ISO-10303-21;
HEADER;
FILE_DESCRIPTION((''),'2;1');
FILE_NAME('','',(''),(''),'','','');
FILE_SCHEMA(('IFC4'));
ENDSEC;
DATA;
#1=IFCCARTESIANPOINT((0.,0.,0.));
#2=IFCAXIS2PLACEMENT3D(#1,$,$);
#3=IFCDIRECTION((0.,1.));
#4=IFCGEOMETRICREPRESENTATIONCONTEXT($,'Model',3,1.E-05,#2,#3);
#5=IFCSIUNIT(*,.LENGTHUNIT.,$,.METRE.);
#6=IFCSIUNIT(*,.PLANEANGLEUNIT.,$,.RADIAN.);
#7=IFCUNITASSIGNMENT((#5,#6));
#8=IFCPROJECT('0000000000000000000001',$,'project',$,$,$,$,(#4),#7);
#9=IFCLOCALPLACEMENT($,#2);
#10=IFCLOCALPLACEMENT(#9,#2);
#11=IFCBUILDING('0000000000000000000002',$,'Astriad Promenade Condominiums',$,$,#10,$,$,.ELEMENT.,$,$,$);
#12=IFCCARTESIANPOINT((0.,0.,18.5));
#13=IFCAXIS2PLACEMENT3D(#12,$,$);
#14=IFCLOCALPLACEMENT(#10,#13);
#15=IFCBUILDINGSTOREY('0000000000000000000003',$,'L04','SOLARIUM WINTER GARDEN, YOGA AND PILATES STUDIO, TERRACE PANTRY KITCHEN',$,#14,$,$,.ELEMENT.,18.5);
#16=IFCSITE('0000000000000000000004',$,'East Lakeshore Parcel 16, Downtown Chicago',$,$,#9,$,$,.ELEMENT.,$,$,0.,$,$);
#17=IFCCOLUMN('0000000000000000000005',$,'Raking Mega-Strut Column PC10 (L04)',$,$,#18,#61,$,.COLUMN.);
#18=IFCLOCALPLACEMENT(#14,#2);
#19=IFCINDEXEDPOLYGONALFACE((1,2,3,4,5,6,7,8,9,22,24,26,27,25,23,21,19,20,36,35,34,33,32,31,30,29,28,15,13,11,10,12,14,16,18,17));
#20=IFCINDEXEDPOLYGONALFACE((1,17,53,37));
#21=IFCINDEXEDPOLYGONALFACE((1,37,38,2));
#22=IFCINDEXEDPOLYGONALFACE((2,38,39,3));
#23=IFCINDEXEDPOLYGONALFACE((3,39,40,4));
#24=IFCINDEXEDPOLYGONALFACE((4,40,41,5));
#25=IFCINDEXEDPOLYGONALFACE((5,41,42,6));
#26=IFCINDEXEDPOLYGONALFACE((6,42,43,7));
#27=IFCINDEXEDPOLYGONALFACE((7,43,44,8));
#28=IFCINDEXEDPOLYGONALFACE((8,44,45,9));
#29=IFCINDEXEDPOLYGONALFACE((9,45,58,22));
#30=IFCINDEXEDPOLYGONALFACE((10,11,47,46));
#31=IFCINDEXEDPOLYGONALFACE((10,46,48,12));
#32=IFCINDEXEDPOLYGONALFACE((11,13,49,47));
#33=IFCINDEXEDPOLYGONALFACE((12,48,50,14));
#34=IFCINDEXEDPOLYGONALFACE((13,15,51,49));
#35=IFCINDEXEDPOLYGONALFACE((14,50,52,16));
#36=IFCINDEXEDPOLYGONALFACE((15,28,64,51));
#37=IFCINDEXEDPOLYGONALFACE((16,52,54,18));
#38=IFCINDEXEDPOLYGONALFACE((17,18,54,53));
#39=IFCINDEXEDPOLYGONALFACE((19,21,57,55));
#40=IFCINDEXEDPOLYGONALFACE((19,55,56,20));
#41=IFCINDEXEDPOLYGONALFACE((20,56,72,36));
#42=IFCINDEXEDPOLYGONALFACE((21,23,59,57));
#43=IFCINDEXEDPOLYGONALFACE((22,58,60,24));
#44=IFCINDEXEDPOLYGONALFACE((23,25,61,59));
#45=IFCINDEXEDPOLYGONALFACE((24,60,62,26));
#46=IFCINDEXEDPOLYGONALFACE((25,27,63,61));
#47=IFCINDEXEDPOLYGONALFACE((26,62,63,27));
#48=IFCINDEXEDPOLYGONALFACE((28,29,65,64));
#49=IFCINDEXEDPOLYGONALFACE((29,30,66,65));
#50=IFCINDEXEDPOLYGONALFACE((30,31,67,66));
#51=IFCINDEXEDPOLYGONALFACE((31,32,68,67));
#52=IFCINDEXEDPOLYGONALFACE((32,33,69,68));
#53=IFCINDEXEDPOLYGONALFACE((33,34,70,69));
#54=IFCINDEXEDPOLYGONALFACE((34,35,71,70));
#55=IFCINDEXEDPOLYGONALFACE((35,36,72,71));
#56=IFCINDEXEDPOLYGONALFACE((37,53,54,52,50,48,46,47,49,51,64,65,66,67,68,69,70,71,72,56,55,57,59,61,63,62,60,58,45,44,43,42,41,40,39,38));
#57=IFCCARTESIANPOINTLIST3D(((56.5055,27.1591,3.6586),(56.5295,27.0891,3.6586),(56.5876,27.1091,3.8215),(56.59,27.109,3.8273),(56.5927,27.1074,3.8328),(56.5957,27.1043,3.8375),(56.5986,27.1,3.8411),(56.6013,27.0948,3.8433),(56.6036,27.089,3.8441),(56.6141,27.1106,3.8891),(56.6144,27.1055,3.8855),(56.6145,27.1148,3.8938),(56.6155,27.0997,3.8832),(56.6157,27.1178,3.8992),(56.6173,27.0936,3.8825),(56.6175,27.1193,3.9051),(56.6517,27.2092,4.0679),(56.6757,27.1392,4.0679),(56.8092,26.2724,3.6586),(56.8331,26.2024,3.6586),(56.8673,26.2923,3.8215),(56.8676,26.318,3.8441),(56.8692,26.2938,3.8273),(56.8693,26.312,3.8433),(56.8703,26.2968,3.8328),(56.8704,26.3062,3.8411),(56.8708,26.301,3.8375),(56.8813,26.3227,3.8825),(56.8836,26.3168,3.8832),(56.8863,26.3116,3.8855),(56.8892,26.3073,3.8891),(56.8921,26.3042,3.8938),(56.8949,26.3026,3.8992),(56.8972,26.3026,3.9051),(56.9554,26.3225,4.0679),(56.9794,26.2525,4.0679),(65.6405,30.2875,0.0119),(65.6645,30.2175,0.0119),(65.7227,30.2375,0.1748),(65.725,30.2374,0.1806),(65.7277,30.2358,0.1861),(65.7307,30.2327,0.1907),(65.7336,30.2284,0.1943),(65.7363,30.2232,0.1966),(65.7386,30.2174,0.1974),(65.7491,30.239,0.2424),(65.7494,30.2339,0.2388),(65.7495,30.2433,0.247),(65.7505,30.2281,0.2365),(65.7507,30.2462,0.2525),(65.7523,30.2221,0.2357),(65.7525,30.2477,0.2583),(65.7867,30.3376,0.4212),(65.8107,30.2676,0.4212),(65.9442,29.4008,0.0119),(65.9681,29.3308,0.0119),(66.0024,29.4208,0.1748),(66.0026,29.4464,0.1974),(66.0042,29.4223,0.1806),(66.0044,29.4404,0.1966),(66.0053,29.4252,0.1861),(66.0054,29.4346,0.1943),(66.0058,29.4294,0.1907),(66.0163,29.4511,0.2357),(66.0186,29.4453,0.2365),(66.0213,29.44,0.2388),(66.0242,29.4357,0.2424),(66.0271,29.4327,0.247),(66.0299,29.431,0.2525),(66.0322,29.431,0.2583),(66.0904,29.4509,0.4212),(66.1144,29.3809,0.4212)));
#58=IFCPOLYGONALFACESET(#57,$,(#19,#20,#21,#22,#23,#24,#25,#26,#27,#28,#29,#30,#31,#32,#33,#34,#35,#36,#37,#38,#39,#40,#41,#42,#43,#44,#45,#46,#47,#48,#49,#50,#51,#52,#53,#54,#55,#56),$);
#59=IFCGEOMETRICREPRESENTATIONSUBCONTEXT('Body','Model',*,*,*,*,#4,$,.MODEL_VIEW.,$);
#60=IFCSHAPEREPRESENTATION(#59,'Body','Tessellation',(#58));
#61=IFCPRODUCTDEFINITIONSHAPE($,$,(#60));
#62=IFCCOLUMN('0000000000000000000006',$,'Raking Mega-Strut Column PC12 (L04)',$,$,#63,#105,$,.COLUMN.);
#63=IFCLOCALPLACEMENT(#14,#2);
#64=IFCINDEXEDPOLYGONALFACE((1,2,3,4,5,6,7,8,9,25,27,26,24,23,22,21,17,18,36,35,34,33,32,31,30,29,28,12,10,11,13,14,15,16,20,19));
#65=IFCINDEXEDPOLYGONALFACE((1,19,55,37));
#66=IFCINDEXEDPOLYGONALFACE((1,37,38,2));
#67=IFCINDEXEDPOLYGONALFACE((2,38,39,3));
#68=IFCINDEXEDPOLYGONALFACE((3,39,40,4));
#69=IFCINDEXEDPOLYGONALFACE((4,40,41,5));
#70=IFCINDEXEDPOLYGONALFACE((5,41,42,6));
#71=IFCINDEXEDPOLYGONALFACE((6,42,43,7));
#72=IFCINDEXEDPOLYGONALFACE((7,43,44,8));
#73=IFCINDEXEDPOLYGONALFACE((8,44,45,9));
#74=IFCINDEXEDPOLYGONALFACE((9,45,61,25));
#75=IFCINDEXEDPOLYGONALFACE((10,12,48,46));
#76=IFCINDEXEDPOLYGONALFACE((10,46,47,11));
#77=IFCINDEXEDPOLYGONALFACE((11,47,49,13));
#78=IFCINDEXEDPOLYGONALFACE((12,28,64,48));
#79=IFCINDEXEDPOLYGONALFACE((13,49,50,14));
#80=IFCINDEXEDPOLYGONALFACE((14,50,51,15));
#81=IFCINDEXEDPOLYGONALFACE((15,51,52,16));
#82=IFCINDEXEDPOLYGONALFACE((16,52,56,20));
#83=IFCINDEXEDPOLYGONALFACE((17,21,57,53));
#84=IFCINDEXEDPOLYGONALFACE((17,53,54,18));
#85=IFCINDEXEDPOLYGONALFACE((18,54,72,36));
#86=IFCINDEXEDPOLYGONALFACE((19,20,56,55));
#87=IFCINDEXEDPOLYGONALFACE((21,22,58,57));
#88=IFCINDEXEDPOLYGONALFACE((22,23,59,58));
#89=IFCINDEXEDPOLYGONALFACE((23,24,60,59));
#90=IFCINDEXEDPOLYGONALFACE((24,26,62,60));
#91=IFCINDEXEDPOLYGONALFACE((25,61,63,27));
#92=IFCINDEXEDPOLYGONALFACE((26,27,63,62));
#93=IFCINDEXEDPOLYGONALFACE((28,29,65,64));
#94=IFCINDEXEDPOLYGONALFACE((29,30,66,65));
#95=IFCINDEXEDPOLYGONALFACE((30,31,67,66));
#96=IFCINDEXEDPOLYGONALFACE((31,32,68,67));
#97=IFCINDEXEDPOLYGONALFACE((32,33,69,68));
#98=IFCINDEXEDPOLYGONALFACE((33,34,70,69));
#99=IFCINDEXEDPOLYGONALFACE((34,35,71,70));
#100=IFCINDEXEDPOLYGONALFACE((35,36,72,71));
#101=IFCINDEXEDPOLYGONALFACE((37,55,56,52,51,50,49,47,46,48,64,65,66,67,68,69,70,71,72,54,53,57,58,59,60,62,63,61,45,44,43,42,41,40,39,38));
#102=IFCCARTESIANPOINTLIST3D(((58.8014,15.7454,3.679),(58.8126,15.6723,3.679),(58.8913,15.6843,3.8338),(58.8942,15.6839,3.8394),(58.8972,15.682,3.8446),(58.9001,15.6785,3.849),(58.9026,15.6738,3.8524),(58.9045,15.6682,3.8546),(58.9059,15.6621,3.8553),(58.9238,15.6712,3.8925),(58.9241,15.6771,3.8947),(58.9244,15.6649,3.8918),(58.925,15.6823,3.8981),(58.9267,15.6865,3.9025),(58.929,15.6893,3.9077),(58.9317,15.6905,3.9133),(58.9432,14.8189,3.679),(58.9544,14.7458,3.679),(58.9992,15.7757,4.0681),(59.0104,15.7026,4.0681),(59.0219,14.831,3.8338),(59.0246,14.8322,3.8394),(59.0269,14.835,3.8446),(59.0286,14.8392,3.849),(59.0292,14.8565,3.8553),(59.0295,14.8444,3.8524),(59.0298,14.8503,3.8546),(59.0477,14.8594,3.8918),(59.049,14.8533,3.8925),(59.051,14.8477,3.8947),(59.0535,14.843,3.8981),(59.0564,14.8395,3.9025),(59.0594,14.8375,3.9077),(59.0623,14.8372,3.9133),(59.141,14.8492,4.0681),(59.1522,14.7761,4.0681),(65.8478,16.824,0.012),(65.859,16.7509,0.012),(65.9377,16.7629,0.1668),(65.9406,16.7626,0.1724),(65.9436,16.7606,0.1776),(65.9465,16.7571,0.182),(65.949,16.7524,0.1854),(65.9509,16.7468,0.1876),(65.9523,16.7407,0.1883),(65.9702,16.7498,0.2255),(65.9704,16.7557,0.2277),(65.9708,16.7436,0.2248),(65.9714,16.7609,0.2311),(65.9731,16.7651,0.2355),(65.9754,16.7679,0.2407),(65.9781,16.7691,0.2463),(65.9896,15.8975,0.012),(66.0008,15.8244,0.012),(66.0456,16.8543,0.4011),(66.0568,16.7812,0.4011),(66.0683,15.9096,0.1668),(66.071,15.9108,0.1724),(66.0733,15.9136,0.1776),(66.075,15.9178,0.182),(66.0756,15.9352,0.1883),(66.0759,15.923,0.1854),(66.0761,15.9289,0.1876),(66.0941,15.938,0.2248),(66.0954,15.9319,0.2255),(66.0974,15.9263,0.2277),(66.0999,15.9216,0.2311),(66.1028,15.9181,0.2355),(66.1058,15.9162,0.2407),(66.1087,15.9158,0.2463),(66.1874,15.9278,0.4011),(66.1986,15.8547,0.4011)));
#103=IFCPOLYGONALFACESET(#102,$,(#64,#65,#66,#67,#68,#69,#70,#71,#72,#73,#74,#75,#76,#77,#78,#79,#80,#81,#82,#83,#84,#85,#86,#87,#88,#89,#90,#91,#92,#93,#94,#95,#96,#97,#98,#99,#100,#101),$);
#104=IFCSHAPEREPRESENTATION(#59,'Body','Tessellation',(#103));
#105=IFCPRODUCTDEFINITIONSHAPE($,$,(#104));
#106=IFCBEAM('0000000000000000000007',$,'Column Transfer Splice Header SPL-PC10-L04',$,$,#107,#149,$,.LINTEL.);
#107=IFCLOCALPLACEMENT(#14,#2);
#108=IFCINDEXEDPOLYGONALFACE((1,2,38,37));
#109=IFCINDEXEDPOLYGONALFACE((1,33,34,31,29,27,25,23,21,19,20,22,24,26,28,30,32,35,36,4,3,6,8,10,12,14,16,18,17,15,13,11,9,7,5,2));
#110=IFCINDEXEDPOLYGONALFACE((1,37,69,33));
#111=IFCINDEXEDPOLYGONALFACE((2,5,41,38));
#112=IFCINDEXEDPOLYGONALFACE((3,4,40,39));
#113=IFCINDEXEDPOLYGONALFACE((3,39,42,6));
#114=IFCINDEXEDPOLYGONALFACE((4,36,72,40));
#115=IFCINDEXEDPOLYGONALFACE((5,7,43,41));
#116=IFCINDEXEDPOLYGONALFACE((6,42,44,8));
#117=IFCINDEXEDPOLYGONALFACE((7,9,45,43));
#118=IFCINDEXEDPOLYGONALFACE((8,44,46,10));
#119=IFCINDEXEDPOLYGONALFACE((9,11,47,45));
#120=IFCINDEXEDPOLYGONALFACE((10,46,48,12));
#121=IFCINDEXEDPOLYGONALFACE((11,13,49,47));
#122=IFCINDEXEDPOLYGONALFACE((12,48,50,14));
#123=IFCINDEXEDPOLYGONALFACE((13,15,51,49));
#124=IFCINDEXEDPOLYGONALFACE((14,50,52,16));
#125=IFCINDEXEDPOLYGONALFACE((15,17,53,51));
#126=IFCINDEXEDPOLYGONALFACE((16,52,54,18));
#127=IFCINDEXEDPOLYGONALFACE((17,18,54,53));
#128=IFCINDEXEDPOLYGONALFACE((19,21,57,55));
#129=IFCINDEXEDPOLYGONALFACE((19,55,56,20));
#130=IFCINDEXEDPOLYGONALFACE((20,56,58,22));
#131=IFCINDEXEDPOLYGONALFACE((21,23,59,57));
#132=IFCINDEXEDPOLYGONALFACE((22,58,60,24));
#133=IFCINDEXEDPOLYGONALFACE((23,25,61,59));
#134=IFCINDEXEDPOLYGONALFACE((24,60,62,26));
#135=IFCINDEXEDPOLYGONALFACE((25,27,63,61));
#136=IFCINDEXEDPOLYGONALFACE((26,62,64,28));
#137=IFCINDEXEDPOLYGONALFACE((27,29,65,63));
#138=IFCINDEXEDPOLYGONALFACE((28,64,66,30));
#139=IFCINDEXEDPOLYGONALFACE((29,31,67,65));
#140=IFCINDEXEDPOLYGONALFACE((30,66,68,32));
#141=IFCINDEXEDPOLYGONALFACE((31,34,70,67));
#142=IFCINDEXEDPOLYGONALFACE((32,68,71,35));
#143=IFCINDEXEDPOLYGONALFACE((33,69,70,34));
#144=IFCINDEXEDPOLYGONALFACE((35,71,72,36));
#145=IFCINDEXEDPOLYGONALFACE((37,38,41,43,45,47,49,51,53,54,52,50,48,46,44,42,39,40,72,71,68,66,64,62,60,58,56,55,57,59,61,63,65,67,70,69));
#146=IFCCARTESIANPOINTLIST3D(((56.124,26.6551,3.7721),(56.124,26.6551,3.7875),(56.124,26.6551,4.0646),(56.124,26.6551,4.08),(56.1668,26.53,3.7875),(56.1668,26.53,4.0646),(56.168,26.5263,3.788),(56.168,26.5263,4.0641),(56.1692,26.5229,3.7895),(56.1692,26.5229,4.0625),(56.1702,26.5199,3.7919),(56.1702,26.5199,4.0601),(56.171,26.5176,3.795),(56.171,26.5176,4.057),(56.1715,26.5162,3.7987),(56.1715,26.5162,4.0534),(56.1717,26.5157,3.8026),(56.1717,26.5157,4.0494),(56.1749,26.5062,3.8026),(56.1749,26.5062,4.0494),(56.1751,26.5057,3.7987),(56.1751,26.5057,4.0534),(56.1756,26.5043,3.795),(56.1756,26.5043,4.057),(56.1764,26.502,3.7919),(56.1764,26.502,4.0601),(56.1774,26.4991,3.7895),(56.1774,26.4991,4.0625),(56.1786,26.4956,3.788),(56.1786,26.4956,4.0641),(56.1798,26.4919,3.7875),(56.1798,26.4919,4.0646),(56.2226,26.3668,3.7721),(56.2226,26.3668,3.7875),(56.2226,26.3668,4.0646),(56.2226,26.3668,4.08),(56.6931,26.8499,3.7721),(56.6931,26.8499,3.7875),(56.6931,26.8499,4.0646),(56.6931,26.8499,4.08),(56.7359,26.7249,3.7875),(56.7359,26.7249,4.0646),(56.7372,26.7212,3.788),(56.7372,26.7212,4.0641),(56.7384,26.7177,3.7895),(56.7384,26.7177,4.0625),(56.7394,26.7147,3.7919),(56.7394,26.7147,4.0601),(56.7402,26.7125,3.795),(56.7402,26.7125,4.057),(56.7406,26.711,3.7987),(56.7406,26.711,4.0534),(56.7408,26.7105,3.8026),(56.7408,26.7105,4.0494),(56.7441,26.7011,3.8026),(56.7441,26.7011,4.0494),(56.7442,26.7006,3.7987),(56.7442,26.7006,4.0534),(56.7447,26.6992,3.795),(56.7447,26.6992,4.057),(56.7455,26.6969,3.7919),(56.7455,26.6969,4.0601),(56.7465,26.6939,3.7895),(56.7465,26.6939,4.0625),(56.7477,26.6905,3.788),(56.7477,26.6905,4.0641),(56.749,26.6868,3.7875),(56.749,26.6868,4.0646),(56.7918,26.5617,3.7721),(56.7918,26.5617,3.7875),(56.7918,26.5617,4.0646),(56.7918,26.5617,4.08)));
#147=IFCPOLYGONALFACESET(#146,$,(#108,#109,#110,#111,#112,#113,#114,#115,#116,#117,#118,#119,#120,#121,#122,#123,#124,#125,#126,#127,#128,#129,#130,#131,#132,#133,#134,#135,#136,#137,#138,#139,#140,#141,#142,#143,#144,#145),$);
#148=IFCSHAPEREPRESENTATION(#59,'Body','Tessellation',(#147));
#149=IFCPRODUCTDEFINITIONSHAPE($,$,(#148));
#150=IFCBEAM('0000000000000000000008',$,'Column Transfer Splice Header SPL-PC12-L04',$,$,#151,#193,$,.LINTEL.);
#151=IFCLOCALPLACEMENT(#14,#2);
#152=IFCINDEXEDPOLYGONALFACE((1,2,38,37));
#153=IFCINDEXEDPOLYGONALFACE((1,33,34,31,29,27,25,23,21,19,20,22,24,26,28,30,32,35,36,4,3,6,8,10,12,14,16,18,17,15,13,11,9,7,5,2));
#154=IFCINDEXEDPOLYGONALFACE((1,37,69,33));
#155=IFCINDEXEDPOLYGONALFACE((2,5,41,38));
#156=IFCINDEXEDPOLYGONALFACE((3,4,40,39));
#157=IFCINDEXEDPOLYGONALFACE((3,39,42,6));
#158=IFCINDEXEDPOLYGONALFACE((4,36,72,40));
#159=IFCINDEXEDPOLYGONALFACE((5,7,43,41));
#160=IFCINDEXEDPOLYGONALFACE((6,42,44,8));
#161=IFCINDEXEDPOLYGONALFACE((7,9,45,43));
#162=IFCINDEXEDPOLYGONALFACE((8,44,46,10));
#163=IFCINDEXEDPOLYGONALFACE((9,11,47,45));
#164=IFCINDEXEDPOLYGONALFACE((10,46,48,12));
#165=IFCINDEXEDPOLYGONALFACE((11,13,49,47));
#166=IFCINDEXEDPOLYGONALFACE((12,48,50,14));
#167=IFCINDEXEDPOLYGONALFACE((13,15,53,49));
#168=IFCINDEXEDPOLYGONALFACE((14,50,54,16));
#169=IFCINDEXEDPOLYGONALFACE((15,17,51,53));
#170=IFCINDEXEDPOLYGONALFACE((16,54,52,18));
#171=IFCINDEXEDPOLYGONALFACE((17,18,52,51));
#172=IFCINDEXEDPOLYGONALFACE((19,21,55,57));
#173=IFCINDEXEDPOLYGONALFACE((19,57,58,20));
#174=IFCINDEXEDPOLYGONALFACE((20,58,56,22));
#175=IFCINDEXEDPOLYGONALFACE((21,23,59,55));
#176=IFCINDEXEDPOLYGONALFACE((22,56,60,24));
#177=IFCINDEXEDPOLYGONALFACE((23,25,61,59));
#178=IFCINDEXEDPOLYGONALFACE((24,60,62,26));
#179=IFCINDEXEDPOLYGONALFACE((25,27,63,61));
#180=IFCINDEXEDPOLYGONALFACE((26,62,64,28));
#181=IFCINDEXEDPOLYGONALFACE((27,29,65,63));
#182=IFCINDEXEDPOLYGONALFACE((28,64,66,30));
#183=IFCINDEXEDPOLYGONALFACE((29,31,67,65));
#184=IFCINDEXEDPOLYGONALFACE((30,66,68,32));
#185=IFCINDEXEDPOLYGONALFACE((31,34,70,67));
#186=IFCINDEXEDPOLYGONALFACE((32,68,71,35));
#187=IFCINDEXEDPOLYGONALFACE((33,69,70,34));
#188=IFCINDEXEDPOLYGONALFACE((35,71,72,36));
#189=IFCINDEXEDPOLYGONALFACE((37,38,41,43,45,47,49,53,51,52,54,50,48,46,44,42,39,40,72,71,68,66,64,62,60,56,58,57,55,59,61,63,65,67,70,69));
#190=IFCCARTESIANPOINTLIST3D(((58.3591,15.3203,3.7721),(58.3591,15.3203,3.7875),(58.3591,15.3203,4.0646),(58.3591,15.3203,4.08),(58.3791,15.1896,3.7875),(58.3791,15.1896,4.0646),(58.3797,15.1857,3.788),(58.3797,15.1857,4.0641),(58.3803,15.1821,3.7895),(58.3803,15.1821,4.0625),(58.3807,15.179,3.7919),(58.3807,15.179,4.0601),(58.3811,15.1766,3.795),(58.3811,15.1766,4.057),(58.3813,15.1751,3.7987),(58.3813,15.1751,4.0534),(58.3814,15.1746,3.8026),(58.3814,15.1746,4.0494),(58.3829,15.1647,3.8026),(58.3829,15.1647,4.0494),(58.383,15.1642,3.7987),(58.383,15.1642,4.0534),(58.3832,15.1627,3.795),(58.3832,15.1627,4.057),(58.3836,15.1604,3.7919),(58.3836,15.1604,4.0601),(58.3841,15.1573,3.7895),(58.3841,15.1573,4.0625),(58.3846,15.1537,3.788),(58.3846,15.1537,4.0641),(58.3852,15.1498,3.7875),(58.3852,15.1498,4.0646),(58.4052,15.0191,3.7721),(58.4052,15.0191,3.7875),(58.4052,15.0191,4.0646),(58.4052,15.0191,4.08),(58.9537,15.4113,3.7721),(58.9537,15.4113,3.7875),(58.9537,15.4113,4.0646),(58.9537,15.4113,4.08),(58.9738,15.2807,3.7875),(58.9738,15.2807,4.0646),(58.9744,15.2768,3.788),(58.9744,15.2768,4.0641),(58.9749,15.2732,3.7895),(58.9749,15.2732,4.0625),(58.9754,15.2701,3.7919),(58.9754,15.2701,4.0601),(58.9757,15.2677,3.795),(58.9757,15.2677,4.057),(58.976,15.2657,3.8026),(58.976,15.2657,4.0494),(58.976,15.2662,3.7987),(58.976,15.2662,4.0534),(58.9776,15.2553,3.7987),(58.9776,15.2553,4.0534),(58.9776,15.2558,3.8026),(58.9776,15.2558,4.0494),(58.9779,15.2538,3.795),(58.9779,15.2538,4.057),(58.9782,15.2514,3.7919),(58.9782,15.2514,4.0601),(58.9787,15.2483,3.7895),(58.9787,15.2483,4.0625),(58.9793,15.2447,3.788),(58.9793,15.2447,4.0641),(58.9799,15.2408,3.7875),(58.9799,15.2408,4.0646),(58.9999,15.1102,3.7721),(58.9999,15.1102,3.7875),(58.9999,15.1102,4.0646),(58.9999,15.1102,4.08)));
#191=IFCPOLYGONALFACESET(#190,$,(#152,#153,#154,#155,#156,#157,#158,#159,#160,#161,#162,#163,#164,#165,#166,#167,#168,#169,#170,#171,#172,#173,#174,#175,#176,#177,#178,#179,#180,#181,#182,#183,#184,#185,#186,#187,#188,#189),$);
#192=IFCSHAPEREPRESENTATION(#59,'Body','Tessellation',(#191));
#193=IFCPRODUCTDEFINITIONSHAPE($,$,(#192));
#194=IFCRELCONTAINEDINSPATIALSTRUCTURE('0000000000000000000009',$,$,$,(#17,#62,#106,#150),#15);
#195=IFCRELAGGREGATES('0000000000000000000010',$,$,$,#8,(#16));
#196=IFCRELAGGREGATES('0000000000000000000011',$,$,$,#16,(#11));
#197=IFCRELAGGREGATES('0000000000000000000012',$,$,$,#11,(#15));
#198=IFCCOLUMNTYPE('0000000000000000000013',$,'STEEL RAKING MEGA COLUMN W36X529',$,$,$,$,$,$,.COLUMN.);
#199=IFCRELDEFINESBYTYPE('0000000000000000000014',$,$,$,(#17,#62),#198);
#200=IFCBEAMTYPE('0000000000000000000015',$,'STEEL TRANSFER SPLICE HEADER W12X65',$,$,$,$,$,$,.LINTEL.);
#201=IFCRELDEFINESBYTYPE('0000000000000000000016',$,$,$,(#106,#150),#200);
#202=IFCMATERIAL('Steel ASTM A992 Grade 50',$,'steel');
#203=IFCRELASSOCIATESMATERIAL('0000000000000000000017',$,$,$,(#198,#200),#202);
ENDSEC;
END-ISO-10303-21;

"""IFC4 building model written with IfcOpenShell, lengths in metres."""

from ifc_helpers import new_model, si_unit, direction, frame, origin, origin_2d, place, context, subcontext, project, spatial, i_section, extrude, source, transform, mapped, material, material_profile, profile_set, type_object, type_shapes, element, save


model = new_model("IFC4")

# Units and contexts
model_context = context("Model", 3, precision=1e-05, world=origin(), true_north=direction((0.0, 1.0)))
body_context = subcontext(model_context, "Body", "Model", "MODEL_VIEW")
ifc_project = project(units=[si_unit("LENGTHUNIT", "METRE"), si_unit("PLANEANGLEUNIT", "RADIAN")], contexts=[model_context])

# Site, building, storey
site_placement = place(None, origin())
site = spatial("IfcSite", under=ifc_project, at=site_placement, Name="East Lakeshore Parcel 16, Downtown Chicago", CompositionType="ELEMENT", RefElevation=0.0)
building_placement = place(site_placement, origin())
building = spatial("IfcBuilding", under=site, at=building_placement, Name="Astriad Promenade Condominiums", CompositionType="ELEMENT")
storey_placement = place(building_placement, frame((0.0, 0.0, 18.5)))
storey = spatial("IfcBuildingStorey", under=building, at=storey_placement, Name="L04", Description="SOLARIUM WINTER GARDEN, YOGA AND PILATES STUDIO, TERRACE PANTRY KITCHEN", CompositionType="ELEMENT", Elevation=18.5)

# Columns
ifc_material_1 = material(Name="Steel ASTM A992 Grade 50", Category="steel")
ifc_material_profile_1 = material_profile(ifc_material_1, i_section(OverallWidth=0.4375, OverallDepth=1.0112, WebThickness=0.041, FlangeThickness=0.074, FilletRadius=0.0242, at=origin_2d()), Name="W36X529")
ifc_profile_set_1 = profile_set([ifc_material_profile_1], Name="Steel ASTM A992 Grade 50")
column_type = type_object("IfcColumnType", Name="STEEL RAKING MEGA COLUMN W36X529", PredefinedType="COLUMN", material=ifc_profile_set_1)
shared_shape_1 = source(origin(), body_context, "Body", "SweptSolid", [
    extrude(i_section(OverallWidth=0.4375, OverallDepth=1.0112, WebThickness=0.041, FlangeThickness=0.074, FilletRadius=0.0242, at=origin_2d()), origin(), (0.0, 0.0, 1.0), 10.3215),
])
column_1_placement = place(storey_placement, frame((65.8774, 29.8342, 0.2166), z_axis=(-0.885044, -0.303096, 0.353313), x_axis=(0.334255, 0.114471, 0.935505)))
element("IfcColumn", 1, at=column_1_placement, inside=storey, type_object=column_type, Name="Raking Mega-Strut Column PC10 (L04)", PredefinedType="COLUMN", context=body_context, shape_type="MappedRepresentation", body=[
    mapped(shared_shape_1, transform((0.0, 0.0, 0.0), scale=1.0)),
])
shared_shape_2 = source(origin(), body_context, "Body", "SweptSolid", [
    extrude(i_section(OverallWidth=0.4375, OverallDepth=1.0112, WebThickness=0.041, FlangeThickness=0.074, FilletRadius=0.0242, at=origin_2d()), origin(), (0.0, 0.0, 1.0), 8.0164),
])
type_shapes(column_type, [shared_shape_1, shared_shape_2])
column_2_placement = place(storey_placement, frame((66.0232, 16.3394, 0.2065), z_axis=(-0.879002, -0.134552, 0.457439), x_axis=(0.452173, 0.069216, 0.889241)))
element("IfcColumn", 2, at=column_2_placement, inside=storey, type_object=column_type, Name="Raking Mega-Strut Column PC12 (L04)", PredefinedType="COLUMN", context=body_context, shape_type="MappedRepresentation", body=[
    mapped(shared_shape_2, transform((0.0, 0.0, 0.0), scale=1.0)),
])

# Beams
ifc_material_profile_2 = material_profile(ifc_material_1, i_section(OverallWidth=0.3047, OverallDepth=0.3079, WebThickness=0.01, FlangeThickness=0.0154, FilletRadius=0.0151, at=origin_2d()), Name="W12X65")
ifc_profile_set_2 = profile_set([ifc_material_profile_2], Name="Steel ASTM A992 Grade 50")
beam_type_1 = type_object("IfcBeamType", Name="STEEL TRANSFER SPLICE HEADER W12X65", PredefinedType="LINTEL", material=ifc_profile_set_2)
shared_shape_3 = source(origin(), body_context, "Body", "SweptSolid", [
    extrude(i_section(OverallWidth=0.3047, OverallDepth=0.3079, WebThickness=0.01, FlangeThickness=0.0154, FilletRadius=0.0151, at=origin_2d()), origin(), (0.0, 0.0, 1.0), 0.6016),
])
type_shapes(beam_type_1, [shared_shape_3])
for number, where, z_axis, x_axis, name in (
    (3, (56.7424, 26.7058, 3.926), (-0.946095, -0.323888, 0.0), (0.323888, -0.946095, 0.0), "Column Transfer Splice Header SPL-PC10-L04"),
    (4, (58.9768, 15.2607, 3.926), (-0.988479, -0.151356, 0.0), (0.151356, -0.988479, 0.0), "Column Transfer Splice Header SPL-PC12-L04"),
):
    element("IfcBeam", number, at=place(storey_placement, frame(where, z_axis=z_axis, x_axis=x_axis)), inside=storey, type_object=beam_type_1, Name=name, PredefinedType="LINTEL", context=body_context, shape_type="MappedRepresentation", body=[
        mapped(shared_shape_3, transform((0.0, 0.0, 0.0), scale=1.0)),
    ])

save(model, "model.ifc")
